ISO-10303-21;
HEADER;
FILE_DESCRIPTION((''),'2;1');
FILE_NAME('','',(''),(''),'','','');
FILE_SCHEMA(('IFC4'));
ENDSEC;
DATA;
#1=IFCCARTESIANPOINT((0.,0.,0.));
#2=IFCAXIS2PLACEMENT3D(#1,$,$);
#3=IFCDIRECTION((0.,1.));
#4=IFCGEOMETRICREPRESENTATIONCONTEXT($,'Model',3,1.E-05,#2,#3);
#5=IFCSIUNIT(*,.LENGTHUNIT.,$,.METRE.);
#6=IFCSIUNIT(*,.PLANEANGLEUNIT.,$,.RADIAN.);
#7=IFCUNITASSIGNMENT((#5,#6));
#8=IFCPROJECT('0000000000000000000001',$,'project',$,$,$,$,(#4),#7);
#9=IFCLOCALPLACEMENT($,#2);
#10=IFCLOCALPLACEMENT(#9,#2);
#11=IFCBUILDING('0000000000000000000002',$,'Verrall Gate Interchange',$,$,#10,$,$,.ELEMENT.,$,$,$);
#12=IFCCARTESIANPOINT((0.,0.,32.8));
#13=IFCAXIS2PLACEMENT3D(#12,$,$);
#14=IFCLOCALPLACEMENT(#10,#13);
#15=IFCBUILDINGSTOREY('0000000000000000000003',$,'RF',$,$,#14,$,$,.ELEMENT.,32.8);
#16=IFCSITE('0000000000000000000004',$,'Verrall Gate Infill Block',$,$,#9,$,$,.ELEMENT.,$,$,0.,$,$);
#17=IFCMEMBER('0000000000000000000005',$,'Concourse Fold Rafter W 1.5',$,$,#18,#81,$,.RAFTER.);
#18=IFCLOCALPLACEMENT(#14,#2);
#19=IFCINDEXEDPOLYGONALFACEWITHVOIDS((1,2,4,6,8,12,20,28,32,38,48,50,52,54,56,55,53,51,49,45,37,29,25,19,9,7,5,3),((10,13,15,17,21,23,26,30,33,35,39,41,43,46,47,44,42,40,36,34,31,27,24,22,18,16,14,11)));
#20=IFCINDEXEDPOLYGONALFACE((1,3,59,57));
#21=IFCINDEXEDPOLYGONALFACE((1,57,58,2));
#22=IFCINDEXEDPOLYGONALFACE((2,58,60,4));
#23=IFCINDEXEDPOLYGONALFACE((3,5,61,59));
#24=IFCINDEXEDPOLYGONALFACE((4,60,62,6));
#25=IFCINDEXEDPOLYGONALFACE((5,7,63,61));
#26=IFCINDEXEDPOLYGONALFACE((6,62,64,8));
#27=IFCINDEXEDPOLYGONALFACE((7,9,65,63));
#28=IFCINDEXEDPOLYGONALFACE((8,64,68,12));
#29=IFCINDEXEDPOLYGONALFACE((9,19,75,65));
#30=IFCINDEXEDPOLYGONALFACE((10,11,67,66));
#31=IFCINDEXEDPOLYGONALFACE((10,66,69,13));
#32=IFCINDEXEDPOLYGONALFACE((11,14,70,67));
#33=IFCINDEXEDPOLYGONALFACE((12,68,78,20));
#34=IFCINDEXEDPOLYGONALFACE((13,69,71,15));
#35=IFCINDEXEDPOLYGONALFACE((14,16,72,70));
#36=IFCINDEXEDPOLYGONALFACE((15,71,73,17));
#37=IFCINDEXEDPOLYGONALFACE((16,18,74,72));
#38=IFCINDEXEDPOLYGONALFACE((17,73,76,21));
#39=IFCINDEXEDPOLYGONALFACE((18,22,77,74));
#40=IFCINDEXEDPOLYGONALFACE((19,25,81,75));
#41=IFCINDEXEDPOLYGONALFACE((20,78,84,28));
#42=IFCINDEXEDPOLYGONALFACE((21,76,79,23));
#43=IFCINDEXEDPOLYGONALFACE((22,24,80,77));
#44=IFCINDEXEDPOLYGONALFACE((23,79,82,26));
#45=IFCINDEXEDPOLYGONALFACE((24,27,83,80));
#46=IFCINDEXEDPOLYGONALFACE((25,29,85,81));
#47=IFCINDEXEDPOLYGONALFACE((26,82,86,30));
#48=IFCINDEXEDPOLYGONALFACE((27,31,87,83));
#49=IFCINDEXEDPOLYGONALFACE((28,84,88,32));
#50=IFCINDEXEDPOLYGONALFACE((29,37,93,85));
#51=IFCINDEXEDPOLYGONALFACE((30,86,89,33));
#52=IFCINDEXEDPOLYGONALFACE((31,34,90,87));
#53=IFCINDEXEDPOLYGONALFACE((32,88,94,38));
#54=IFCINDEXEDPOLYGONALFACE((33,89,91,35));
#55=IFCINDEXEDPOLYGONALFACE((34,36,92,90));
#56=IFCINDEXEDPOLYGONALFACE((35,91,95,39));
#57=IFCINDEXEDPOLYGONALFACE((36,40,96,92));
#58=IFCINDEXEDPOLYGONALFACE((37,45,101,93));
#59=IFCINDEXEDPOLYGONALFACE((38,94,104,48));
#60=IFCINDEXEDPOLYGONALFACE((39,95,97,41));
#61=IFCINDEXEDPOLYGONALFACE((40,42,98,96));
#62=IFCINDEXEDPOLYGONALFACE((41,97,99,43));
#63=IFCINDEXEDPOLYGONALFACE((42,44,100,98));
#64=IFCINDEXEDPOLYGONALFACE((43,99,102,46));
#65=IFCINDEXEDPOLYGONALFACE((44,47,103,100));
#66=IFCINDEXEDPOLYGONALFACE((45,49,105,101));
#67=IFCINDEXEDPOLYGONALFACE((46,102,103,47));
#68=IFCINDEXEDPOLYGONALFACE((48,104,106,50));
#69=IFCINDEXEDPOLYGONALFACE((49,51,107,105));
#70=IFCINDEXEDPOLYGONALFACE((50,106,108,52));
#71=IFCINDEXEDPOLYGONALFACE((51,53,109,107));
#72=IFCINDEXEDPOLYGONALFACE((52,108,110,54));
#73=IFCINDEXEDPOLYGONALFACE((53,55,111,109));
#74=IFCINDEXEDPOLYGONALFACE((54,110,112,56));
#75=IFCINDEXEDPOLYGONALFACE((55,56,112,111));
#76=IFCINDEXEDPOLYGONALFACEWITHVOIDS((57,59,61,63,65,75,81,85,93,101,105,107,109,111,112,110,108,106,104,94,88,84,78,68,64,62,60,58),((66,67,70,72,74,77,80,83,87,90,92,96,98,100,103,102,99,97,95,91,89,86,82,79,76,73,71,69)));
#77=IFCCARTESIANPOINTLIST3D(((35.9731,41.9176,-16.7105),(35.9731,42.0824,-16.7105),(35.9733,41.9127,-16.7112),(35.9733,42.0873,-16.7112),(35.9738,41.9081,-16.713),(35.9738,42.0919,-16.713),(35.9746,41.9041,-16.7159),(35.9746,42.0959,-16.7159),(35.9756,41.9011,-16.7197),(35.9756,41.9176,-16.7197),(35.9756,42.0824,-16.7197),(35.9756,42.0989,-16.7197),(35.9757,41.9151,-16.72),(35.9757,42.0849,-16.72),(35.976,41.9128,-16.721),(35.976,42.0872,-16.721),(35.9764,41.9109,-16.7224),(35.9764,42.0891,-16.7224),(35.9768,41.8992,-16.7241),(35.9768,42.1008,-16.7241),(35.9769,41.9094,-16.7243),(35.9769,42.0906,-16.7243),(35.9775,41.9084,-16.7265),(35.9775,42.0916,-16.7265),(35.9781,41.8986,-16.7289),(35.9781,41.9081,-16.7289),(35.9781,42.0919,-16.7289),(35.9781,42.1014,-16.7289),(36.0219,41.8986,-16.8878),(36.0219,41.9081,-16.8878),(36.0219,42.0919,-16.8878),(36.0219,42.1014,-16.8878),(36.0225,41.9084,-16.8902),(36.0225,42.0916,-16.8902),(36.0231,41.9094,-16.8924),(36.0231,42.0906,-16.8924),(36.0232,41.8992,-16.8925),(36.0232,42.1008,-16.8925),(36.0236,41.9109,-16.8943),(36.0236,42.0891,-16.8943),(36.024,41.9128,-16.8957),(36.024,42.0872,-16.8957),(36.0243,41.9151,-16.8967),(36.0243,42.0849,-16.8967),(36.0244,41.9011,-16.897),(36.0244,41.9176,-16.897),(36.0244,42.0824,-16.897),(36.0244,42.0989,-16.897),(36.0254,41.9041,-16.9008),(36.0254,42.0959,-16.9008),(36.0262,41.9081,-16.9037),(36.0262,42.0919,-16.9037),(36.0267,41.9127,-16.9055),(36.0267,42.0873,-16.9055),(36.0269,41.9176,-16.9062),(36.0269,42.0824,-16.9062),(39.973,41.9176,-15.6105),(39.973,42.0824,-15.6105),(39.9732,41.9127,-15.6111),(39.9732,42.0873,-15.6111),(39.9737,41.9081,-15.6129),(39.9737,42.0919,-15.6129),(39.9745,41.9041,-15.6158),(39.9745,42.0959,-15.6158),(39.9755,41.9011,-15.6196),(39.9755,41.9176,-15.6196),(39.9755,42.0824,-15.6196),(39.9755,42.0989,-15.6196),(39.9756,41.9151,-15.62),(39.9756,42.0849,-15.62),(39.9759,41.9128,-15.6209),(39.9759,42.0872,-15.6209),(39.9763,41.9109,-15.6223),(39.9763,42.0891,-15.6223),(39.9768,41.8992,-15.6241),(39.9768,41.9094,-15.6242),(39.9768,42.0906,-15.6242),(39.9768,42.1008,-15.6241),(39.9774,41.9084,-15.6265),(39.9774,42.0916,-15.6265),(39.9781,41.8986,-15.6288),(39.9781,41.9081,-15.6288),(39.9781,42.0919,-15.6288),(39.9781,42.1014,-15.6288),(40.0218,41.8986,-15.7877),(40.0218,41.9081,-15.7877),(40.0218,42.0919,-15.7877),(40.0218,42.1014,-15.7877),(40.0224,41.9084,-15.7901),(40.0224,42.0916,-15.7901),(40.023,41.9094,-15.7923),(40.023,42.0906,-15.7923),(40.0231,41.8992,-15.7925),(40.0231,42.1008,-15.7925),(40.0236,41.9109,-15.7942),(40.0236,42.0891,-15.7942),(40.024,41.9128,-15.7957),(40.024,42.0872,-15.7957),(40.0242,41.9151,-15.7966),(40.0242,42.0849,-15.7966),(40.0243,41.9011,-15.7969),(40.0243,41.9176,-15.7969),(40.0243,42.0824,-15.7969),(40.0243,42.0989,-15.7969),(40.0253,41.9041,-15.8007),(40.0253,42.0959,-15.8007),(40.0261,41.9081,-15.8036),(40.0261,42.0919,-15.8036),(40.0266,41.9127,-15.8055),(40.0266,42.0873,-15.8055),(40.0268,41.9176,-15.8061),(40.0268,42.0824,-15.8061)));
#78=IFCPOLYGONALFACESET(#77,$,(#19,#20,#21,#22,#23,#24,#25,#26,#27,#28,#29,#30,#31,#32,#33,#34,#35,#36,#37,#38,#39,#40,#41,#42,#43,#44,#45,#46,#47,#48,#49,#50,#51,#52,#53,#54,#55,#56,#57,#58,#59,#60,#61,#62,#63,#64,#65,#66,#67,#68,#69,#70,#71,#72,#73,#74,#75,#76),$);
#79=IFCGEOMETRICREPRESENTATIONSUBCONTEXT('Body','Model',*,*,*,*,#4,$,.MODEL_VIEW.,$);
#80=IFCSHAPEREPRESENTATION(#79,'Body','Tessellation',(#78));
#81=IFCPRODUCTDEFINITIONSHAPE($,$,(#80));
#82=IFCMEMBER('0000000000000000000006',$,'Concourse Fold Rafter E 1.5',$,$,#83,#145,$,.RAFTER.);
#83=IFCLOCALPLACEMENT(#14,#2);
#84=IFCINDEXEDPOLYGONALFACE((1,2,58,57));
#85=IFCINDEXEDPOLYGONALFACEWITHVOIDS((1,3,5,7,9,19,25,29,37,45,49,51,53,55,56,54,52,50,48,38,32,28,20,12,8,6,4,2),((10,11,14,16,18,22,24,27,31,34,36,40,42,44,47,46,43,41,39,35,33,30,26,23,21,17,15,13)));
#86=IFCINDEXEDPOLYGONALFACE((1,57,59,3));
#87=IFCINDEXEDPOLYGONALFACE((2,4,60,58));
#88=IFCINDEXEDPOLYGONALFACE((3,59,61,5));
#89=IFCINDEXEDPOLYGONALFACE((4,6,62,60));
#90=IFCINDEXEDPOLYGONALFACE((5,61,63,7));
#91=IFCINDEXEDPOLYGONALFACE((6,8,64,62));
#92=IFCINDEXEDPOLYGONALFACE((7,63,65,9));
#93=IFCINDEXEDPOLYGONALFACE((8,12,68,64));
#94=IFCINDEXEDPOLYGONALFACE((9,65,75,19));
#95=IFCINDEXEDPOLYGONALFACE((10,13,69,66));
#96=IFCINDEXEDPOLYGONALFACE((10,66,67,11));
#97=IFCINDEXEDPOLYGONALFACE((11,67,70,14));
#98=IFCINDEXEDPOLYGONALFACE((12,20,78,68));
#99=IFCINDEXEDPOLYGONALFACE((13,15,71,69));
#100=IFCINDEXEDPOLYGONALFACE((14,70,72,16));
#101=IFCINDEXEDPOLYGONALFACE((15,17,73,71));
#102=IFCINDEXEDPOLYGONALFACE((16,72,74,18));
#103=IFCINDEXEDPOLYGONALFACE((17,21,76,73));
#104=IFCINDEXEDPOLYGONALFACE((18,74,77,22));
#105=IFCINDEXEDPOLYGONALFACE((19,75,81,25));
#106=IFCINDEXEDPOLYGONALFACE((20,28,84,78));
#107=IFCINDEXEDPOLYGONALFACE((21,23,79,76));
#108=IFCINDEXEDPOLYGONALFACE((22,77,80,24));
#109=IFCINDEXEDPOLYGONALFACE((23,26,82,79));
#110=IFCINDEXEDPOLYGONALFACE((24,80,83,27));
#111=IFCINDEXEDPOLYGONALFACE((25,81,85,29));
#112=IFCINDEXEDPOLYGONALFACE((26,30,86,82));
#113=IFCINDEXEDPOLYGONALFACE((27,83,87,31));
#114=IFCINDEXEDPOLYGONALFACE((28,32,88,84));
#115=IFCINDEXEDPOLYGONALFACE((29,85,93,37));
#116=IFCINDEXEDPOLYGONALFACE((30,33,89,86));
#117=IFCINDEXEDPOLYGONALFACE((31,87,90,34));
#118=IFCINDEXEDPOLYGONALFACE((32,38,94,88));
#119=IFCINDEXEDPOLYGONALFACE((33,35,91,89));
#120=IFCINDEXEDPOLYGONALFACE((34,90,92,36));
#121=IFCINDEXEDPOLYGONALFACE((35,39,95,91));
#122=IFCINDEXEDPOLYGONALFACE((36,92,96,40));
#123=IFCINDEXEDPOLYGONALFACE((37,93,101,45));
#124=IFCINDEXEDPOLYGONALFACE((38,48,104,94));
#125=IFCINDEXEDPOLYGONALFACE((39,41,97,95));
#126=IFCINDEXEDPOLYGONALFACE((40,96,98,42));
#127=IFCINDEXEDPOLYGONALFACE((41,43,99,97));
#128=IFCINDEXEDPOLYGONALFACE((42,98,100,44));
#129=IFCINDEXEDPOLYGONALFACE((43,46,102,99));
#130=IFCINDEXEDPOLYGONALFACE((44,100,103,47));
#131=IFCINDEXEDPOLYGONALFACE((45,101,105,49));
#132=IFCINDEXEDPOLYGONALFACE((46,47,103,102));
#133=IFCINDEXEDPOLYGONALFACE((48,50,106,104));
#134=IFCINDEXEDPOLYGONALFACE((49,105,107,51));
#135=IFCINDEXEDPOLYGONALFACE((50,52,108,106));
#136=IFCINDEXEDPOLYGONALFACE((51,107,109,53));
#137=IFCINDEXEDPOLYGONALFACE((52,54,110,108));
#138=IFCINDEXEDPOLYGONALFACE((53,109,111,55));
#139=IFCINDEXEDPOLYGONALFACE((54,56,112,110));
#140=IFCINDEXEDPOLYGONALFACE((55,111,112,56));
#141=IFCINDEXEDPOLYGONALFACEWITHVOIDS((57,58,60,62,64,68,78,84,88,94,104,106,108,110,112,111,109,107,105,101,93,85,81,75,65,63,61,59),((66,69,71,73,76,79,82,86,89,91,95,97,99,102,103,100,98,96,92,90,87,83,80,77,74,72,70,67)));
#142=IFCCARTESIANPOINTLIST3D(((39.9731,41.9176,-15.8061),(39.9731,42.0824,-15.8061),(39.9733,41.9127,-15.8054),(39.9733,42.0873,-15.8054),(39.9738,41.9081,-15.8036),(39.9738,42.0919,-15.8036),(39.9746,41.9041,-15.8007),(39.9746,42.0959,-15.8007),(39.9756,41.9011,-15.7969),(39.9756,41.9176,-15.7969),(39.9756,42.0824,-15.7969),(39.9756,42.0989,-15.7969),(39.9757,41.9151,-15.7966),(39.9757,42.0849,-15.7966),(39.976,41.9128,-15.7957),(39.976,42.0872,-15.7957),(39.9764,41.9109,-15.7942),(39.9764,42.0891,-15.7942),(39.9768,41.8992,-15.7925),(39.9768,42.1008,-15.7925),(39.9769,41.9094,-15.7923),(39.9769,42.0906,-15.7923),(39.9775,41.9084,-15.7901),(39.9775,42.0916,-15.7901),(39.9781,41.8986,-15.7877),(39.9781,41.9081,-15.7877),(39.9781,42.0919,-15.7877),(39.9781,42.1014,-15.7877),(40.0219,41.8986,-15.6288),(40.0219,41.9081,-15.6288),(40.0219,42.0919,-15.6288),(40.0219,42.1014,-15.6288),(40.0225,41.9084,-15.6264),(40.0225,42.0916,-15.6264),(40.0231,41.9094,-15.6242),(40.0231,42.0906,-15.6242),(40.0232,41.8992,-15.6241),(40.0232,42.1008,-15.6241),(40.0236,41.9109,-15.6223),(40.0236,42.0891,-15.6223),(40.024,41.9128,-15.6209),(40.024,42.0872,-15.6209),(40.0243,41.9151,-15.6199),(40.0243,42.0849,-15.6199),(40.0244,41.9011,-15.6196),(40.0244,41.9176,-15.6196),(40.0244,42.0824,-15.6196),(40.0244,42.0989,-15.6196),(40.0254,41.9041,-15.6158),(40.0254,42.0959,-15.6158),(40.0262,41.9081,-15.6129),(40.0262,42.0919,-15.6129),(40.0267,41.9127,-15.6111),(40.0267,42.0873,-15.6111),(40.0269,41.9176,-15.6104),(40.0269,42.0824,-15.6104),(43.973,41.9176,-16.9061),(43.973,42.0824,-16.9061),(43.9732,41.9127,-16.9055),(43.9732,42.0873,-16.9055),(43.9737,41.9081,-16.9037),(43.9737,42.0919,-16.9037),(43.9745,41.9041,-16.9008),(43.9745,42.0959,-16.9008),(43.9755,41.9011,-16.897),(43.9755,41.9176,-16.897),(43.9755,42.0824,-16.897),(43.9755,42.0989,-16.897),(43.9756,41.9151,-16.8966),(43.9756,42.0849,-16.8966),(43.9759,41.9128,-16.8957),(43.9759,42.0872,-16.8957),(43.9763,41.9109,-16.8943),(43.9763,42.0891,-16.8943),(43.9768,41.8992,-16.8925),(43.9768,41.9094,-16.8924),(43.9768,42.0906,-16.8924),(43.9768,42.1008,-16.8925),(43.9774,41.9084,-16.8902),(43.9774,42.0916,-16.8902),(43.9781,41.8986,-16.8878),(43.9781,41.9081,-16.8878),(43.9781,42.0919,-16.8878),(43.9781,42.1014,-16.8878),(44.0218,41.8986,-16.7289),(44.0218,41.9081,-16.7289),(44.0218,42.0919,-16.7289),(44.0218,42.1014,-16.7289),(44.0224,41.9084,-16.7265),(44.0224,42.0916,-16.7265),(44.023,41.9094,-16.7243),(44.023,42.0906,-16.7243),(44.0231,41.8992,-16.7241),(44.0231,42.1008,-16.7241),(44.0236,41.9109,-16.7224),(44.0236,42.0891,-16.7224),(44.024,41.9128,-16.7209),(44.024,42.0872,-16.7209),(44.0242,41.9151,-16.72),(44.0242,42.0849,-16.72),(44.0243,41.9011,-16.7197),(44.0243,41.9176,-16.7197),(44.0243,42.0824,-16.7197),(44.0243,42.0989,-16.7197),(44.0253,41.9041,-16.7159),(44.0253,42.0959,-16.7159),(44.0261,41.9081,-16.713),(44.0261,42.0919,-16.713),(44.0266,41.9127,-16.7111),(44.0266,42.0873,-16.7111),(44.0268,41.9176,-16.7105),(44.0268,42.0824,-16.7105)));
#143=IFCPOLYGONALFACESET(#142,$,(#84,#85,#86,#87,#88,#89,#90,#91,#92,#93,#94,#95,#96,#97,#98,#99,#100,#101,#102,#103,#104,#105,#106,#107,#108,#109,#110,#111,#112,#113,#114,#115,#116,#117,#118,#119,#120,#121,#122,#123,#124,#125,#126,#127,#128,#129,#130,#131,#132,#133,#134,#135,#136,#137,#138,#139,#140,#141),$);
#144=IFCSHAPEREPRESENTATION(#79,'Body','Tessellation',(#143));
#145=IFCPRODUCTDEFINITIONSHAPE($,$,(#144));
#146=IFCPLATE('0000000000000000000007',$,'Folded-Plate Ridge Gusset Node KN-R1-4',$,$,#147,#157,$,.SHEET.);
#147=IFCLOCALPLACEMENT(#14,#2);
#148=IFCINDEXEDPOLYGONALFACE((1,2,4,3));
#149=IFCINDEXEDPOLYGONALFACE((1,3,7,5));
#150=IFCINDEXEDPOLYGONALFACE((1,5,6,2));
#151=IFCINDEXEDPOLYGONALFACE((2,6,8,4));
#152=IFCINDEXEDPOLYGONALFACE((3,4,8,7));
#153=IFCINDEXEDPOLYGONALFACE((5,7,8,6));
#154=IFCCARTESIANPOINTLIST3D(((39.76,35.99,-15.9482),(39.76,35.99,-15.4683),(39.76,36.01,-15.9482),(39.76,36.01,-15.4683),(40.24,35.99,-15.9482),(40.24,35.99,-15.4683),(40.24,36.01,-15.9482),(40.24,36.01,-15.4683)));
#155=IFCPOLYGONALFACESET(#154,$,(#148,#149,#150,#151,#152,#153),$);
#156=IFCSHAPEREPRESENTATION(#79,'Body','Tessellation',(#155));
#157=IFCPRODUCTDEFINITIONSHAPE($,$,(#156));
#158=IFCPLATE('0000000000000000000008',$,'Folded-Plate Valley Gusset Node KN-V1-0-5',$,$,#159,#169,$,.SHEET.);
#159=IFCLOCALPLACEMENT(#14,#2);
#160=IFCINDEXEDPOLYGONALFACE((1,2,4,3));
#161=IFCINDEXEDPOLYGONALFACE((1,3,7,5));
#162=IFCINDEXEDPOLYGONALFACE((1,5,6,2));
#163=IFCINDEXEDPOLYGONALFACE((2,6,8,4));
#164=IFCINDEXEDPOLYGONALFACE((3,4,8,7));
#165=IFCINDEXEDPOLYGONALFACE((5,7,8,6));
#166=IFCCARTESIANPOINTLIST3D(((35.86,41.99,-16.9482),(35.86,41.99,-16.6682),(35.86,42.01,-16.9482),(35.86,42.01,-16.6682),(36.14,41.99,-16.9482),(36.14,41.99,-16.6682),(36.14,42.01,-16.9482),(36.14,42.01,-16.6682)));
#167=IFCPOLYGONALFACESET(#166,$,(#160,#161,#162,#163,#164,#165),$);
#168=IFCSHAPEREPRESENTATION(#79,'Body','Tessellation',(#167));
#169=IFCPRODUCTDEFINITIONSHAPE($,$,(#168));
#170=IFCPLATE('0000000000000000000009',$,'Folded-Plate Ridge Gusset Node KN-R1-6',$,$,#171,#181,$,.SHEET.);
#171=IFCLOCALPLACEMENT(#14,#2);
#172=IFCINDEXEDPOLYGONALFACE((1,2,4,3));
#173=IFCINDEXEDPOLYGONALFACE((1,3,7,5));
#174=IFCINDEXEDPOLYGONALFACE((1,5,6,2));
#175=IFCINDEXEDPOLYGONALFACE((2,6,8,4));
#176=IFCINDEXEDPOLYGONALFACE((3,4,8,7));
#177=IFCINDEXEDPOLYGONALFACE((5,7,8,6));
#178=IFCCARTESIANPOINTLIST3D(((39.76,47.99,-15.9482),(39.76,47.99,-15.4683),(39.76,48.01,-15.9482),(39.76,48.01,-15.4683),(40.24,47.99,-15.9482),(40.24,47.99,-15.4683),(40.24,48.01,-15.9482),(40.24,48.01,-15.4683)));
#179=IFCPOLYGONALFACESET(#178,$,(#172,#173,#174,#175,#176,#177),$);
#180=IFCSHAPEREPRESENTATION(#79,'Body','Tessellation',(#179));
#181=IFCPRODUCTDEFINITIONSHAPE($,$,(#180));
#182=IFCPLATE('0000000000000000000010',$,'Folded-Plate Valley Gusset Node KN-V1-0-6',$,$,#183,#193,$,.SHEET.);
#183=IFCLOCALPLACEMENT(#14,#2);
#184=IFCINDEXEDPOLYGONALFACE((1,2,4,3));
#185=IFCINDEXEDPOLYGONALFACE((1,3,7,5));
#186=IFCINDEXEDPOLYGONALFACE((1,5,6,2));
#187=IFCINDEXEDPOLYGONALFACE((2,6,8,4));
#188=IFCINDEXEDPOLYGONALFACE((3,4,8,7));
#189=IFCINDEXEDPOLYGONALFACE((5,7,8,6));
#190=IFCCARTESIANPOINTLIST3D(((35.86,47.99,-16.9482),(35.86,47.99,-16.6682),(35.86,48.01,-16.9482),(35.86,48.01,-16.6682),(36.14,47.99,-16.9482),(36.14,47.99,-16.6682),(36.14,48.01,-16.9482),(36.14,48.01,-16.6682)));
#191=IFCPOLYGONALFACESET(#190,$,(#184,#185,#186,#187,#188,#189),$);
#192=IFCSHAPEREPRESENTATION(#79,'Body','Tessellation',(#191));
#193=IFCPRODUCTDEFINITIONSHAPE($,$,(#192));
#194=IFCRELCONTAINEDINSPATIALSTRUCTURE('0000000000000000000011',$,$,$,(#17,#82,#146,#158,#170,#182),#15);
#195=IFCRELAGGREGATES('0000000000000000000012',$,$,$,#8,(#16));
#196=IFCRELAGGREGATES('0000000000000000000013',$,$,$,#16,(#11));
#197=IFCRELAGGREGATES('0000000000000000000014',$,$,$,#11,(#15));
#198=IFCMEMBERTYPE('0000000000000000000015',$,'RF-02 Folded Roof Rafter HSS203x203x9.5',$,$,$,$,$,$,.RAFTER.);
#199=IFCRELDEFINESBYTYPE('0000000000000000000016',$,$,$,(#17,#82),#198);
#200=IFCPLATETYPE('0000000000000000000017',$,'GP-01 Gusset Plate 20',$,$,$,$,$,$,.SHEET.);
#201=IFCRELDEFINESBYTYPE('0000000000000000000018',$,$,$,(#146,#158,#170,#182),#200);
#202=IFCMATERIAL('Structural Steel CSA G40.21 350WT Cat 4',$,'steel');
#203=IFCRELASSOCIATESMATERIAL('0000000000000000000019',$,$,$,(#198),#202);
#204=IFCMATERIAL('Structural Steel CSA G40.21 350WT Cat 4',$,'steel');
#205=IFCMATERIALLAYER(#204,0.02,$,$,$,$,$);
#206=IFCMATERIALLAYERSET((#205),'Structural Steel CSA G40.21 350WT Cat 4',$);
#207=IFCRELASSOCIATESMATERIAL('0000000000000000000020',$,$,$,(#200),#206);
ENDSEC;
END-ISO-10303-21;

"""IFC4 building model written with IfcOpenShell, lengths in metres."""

from ifc_helpers import new_model, si_unit, direction, frame, origin, origin_2d, place, context, subcontext, project, spatial, rectangle, hollow_rectangle, extrude, material, layer, layer_set, material_profile, profile_set, type_object, element, save


model = new_model("IFC4")

# Units and contexts
model_context = context("Model", 3, precision=1e-05, world=origin(), true_north=direction((0.0, 1.0)))
body_context = subcontext(model_context, "Body", "Model", "MODEL_VIEW")
ifc_project = project(units=[si_unit("LENGTHUNIT", "METRE"), si_unit("PLANEANGLEUNIT", "RADIAN")], contexts=[model_context])

# Site, building, storey
site_placement = place(None, origin())
site = spatial("IfcSite", under=ifc_project, at=site_placement, Name="Verrall Gate Infill Block", CompositionType="ELEMENT", RefElevation=0.0)
building_placement = place(site_placement, origin())
building = spatial("IfcBuilding", under=site, at=building_placement, Name="Verrall Gate Interchange", CompositionType="ELEMENT")
storey_placement = place(building_placement, frame((0.0, 0.0, 32.8)))
storey = spatial("IfcBuildingStorey", under=building, at=storey_placement, Name="RF", CompositionType="ELEMENT", Elevation=32.8)

# Members
ifc_material_1 = material(Name="Structural Steel CSA G40.21 350WT Cat 4", Category="steel")
ifc_material_profile_1 = material_profile(ifc_material_1, hollow_rectangle(XDim=0.2029, YDim=0.2029, WallThickness=0.0095, InnerFilletRadius=0.0095, OuterFilletRadius=0.019, at=origin_2d()), Name="HSS203x203x9.5")
ifc_profile_set_1 = profile_set([ifc_material_profile_1], Name="Structural Steel CSA G40.21 350WT Cat 4")
member_type_1 = type_object("IfcMemberType", Name="RF-02 Folded Roof Rafter HSS203x203x9.5", PredefinedType="RAFTER", material=ifc_profile_set_1)
for number, where, z_axis, x_axis, name in (
    (1, (36.0, 42.0, -16.8083), (0.964199, 0.0, 0.265178), (0.0, 1.0, 0.0), "Concourse Fold Rafter W 1.5"),
    (2, (40.0, 42.0, -15.7083), (0.964199, 0.0, -0.265178), (0.0, 1.0, 0.0), "Concourse Fold Rafter E 1.5"),
):
    element("IfcMember", number, at=place(storey_placement, frame(where, z_axis=z_axis, x_axis=x_axis)), inside=storey, type_object=member_type_1, Name=name, PredefinedType="RAFTER", context=body_context, shape_type="SweptSolid", body=[
        extrude(hollow_rectangle(XDim=0.2029, YDim=0.2029, WallThickness=0.0095, InnerFilletRadius=0.0095, OuterFilletRadius=0.019, at=origin_2d()), origin(), (0.0, 0.0, 1.0), 4.1484),
    ])

# Plates
ifc_material_2 = material(Name="Structural Steel CSA G40.21 350WT Cat 4", Category="steel")
ifc_layer_1 = layer(ifc_material_2, 0.02)
ifc_layer_set_1 = layer_set([ifc_layer_1], Name="Structural Steel CSA G40.21 350WT Cat 4")
plate_type_1 = type_object("IfcPlateType", Name="GP-01 Gusset Plate 20", PredefinedType="SHEET", material=ifc_layer_set_1)
plate_1_placement = place(storey_placement, frame((40.0, 36.0, -15.9482), z_axis=(0.0, 0.0, 1.0), x_axis=(1.0, 0.0, 0.0)))
element("IfcPlate", 3, at=plate_1_placement, inside=storey, type_object=plate_type_1, Name="Folded-Plate Ridge Gusset Node KN-R1-4", PredefinedType="SHEET", context=body_context, shape_type="SweptSolid", body=[
    extrude(rectangle(XDim=0.48, YDim=0.02, at=origin_2d()), origin(), (0.0, 0.0, 1.0), 0.48),
])
plate_2_placement = place(storey_placement, frame((36.0, 42.0, -16.9482), z_axis=(0.0, 0.0, 1.0), x_axis=(1.0, 0.0, 0.0)))
element("IfcPlate", 4, at=plate_2_placement, inside=storey, type_object=plate_type_1, Name="Folded-Plate Valley Gusset Node KN-V1-0-5", PredefinedType="SHEET", context=body_context, shape_type="SweptSolid", body=[
    extrude(rectangle(XDim=0.28, YDim=0.02, at=origin_2d()), origin(), (0.0, 0.0, 1.0), 0.28),
])
plate_3_placement = place(storey_placement, frame((40.0, 48.0, -15.9482), z_axis=(0.0, 0.0, 1.0), x_axis=(1.0, 0.0, 0.0)))
element("IfcPlate", 5, at=plate_3_placement, inside=storey, type_object=plate_type_1, Name="Folded-Plate Ridge Gusset Node KN-R1-6", PredefinedType="SHEET", context=body_context, shape_type="SweptSolid", body=[
    extrude(rectangle(XDim=0.48, YDim=0.02, at=origin_2d()), origin(), (0.0, 0.0, 1.0), 0.48),
])
plate_4_placement = place(storey_placement, frame((36.0, 48.0, -16.9482), z_axis=(0.0, 0.0, 1.0), x_axis=(1.0, 0.0, 0.0)))
element("IfcPlate", 6, at=plate_4_placement, inside=storey, type_object=plate_type_1, Name="Folded-Plate Valley Gusset Node KN-V1-0-6", PredefinedType="SHEET", context=body_context, shape_type="SweptSolid", body=[
    extrude(rectangle(XDim=0.28, YDim=0.02, at=origin_2d()), origin(), (0.0, 0.0, 1.0), 0.28),
])

save(model, "model.ifc")
